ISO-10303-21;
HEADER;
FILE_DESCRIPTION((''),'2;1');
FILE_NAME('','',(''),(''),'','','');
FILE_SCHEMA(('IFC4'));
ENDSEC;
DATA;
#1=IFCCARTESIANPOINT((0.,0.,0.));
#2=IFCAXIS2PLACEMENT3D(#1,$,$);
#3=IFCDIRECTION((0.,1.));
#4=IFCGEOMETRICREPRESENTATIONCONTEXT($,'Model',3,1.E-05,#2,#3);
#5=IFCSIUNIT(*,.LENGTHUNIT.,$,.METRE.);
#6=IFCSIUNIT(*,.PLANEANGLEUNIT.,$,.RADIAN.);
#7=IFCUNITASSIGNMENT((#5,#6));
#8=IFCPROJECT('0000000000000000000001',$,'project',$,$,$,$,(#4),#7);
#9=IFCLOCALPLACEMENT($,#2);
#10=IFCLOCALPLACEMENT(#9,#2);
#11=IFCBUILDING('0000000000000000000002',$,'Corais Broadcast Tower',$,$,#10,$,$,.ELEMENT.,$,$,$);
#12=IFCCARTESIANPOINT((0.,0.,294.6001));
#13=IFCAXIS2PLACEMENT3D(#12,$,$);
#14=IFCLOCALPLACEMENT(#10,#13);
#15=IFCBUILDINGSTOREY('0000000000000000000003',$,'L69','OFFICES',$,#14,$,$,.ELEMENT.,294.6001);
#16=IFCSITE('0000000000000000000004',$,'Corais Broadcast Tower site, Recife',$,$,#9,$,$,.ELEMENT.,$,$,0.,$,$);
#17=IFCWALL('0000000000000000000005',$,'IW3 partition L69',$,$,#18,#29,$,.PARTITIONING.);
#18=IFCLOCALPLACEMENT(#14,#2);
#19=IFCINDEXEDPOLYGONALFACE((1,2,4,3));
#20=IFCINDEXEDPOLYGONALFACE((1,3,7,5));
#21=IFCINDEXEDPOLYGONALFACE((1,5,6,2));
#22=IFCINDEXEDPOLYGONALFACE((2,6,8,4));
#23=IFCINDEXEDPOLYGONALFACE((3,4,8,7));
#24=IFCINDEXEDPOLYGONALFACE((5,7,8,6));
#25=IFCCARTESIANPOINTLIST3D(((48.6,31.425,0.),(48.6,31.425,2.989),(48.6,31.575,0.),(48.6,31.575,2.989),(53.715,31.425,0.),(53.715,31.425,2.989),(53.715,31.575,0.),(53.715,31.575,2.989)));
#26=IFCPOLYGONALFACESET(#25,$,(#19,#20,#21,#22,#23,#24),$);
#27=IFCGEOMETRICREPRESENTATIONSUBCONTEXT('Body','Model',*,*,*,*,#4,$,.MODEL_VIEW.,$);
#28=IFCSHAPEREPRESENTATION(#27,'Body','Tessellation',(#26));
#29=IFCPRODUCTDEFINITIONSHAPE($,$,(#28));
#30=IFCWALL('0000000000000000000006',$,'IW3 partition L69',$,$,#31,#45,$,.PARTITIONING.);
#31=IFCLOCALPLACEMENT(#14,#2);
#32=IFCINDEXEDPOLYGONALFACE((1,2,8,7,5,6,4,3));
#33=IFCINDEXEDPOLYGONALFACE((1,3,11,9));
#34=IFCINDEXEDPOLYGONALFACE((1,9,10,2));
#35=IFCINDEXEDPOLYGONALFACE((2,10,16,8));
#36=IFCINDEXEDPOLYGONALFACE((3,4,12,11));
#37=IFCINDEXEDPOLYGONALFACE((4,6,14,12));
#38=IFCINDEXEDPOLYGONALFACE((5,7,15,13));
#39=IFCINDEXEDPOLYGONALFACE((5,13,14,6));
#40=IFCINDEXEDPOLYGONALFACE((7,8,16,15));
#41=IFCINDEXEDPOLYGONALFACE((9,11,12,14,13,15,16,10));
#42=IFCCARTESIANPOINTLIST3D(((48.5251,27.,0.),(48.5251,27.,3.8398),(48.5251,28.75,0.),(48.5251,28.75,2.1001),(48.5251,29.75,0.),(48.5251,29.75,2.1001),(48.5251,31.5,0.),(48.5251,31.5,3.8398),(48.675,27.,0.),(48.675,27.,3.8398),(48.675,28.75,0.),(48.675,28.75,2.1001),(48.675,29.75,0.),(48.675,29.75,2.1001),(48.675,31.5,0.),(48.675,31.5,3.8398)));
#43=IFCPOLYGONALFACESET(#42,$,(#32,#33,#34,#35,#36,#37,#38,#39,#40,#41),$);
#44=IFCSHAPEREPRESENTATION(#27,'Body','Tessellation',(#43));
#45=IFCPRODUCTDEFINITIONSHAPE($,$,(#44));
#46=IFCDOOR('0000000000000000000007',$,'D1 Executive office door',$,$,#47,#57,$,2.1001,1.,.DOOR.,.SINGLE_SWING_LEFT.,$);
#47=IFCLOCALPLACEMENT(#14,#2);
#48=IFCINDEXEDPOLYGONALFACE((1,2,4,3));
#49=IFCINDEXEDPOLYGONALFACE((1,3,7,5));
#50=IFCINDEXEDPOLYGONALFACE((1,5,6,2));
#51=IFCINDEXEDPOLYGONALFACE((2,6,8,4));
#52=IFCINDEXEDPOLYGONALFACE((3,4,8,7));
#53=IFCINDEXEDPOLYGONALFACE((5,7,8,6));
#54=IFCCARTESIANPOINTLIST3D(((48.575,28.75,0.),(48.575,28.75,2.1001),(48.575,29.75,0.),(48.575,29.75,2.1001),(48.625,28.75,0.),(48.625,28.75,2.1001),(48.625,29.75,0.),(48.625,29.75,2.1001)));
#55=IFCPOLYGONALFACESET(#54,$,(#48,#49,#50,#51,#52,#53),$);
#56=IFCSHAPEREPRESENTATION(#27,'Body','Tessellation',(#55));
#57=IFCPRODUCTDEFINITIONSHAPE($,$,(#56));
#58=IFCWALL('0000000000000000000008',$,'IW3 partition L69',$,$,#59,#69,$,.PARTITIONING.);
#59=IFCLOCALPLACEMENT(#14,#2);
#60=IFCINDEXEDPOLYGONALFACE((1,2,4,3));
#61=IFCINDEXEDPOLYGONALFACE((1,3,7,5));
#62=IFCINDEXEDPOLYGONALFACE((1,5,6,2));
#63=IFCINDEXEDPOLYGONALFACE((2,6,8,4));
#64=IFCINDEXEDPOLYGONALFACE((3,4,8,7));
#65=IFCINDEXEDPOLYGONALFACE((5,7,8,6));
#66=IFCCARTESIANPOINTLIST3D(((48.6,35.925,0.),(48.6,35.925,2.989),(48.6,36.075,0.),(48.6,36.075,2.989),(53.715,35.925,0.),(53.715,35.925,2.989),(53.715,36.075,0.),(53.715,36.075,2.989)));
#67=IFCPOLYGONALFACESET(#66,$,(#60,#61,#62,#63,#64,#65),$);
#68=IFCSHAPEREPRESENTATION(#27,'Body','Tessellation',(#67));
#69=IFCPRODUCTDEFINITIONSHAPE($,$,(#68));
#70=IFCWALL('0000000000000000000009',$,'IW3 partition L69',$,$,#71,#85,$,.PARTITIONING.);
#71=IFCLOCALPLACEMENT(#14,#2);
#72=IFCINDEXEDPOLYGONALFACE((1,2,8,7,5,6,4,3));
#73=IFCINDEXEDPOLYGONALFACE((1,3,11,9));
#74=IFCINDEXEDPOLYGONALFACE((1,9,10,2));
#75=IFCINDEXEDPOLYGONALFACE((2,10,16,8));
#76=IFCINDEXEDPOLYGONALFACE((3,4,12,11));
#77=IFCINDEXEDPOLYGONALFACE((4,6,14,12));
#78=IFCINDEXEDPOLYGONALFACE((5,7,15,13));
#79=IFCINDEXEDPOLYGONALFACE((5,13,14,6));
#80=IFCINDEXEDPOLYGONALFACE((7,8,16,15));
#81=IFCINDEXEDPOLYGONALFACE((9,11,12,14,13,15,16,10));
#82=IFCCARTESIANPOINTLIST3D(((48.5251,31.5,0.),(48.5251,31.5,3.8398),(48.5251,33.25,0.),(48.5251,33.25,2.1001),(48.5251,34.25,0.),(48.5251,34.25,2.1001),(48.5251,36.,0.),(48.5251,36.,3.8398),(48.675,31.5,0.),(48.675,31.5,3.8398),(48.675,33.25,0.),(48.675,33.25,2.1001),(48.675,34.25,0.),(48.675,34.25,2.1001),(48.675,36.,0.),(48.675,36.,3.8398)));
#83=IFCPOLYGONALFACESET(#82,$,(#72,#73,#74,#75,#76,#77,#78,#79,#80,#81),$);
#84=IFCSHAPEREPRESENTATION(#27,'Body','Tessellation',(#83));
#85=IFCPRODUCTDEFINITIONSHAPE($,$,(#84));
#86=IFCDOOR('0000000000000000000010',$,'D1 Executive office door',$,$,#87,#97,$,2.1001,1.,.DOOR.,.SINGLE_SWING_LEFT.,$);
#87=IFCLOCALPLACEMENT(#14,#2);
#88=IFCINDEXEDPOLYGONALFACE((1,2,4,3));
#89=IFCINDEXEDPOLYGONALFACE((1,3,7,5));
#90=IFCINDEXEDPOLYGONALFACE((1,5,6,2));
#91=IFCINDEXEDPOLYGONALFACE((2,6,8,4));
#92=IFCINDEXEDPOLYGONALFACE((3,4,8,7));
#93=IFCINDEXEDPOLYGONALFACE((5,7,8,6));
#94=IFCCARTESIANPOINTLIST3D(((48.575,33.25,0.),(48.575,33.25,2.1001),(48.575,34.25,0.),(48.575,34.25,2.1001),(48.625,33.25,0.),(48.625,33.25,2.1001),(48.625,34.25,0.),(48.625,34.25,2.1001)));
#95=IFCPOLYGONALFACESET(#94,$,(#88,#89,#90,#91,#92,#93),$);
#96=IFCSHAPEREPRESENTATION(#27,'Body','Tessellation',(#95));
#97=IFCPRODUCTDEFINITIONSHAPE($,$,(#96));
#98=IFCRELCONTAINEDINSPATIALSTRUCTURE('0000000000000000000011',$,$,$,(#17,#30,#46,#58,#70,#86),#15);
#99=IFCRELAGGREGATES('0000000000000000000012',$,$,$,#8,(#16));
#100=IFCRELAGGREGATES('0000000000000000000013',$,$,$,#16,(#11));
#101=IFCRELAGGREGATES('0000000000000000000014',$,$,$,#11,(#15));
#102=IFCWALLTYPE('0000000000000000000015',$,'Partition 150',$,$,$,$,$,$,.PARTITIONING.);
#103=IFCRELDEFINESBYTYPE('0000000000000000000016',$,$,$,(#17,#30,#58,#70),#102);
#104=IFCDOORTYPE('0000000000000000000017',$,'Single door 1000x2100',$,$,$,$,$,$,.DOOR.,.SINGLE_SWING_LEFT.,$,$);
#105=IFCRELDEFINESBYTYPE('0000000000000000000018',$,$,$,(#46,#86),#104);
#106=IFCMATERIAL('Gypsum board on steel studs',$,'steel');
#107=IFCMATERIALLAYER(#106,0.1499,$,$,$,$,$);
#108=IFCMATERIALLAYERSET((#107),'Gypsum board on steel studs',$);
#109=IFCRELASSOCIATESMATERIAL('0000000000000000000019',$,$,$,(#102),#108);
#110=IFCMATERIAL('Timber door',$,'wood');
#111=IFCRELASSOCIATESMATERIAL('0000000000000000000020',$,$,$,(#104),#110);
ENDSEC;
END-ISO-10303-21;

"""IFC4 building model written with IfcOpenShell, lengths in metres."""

from ifc_helpers import new_model, si_unit, direction, frame, frame_2d, origin, place, context, subcontext, project, spatial, rectangle, extrude, material, layer, layer_set, type_object, element, fill, save


model = new_model("IFC4")

# Units and contexts
model_context = context("Model", 3, precision=1e-05, world=origin(), true_north=direction((0.0, 1.0)))
body_context = subcontext(model_context, "Body", "Model", "MODEL_VIEW")
ifc_project = project(units=[si_unit("LENGTHUNIT", "METRE"), si_unit("PLANEANGLEUNIT", "RADIAN")], contexts=[model_context])

# Site, building, storey
site_placement = place(None, origin())
site = spatial("IfcSite", under=ifc_project, at=site_placement, Name="Corais Broadcast Tower site, Recife", CompositionType="ELEMENT", RefElevation=0.0)
building_placement = place(site_placement, origin())
building = spatial("IfcBuilding", under=site, at=building_placement, Name="Corais Broadcast Tower", CompositionType="ELEMENT")
storey_placement = place(building_placement, frame((0.0, 0.0, 294.6001)))
storey = spatial("IfcBuildingStorey", under=building, at=storey_placement, Name="L69", Description="OFFICES", CompositionType="ELEMENT", Elevation=294.6001)

# Shared definitions
ifc_material_1 = material(Name="Gypsum board on steel studs", Category="steel")
ifc_layer_1 = layer(ifc_material_1, 0.1499)
ifc_layer_set_1 = layer_set([ifc_layer_1], Name="Gypsum board on steel studs")
wall_type = type_object("IfcWallType", Name="Partition 150", PredefinedType="PARTITIONING", material=ifc_layer_set_1)

# Shared definitions
ifc_material_2 = material(Name="Timber door", Category="wood")
door_type = type_object("IfcDoorType", Name="Single door 1000x2100", OperationType="SINGLE_SWING_LEFT", PredefinedType="DOOR", material=ifc_material_2)

# Wall
wall_1_placement = place(storey_placement, frame((53.7151, 31.5, 0.0), z_axis=(0.0, 0.0, 1.0), x_axis=(-1.0, 0.0, 0.0)))
element("IfcWall", 1, at=wall_1_placement, inside=storey, type_object=wall_type, Name="IW3 partition L69", PredefinedType="PARTITIONING", context=body_context, shape_type="SweptSolid", body=[
    extrude(rectangle(XDim=5.115, YDim=0.1499, at=frame_2d((2.5576, 0.0))), origin(), (0.0, 0.0, 1.0), 2.989),
])

# Wall, opening, door
wall_2_placement = place(storey_placement, frame((48.6001, 31.5, 0.0), z_axis=(0.0, 0.0, 1.0), x_axis=(0.0, -1.0, 0.0)))
wall_2 = element("IfcWall", 2, at=wall_2_placement, inside=storey, type_object=wall_type, Name="IW3 partition L69", PredefinedType="PARTITIONING", context=body_context, shape_type="SweptSolid", body=[
    extrude(rectangle(XDim=4.5, YDim=0.1499, at=frame_2d((2.25, 0.0))), origin(), (0.0, 0.0, 1.0), 3.8398),
])
opening_1_placement = place(wall_2_placement, frame((1.75, 0.0, 0.0)))
opening_1 = element("IfcOpeningElement", 3, at=opening_1_placement, cuts=wall_2, PredefinedType="OPENING", context=body_context, shape_type="SweptSolid", body=[
    extrude(rectangle(XDim=1.0, YDim=2.1001, at=frame_2d((0.5, 1.05))), frame((0.0, 0.085, 0.0), z_axis=(0.0, -1.0, 0.0), x_axis=(1.0, 0.0, 0.0)), (0.0, 0.0, 1.0), 0.1699),
])
door_1_placement = place(opening_1_placement, origin())
door_1 = element("IfcDoor", 4, at=door_1_placement, inside=storey, type_object=door_type, Name="D1 Executive office door", OperationType="SINGLE_SWING_LEFT", OverallHeight=2.1001, OverallWidth=1.0, PredefinedType="DOOR", context=body_context, shape_type="SweptSolid", body=[
    extrude(rectangle(XDim=1.0, YDim=2.1001, at=frame_2d((0.5, 1.05))), frame((0.0, 0.0249, 0.0), z_axis=(0.0, -1.0, 0.0), x_axis=(1.0, 0.0, 0.0)), (0.0, 0.0, 1.0), 0.05),
])
fill(opening_1, door_1)

# Wall
wall_3_placement = place(storey_placement, frame((53.7151, 36.0, 0.0), z_axis=(0.0, 0.0, 1.0), x_axis=(-1.0, 0.0, 0.0)))
element("IfcWall", 5, at=wall_3_placement, inside=storey, type_object=wall_type, Name="IW3 partition L69", PredefinedType="PARTITIONING", context=body_context, shape_type="SweptSolid", body=[
    extrude(rectangle(XDim=5.115, YDim=0.1499, at=frame_2d((2.5576, 0.0))), origin(), (0.0, 0.0, 1.0), 2.989),
])

# Wall, opening, door
wall_4_placement = place(storey_placement, frame((48.6001, 36.0, 0.0), z_axis=(0.0, 0.0, 1.0), x_axis=(0.0, -1.0, 0.0)))
wall_4 = element("IfcWall", 6, at=wall_4_placement, inside=storey, type_object=wall_type, Name="IW3 partition L69", PredefinedType="PARTITIONING", context=body_context, shape_type="SweptSolid", body=[
    extrude(rectangle(XDim=4.5, YDim=0.1499, at=frame_2d((2.25, 0.0))), origin(), (0.0, 0.0, 1.0), 3.8398),
])
opening_2_placement = place(wall_4_placement, frame((1.75, 0.0, 0.0)))
opening_2 = element("IfcOpeningElement", 7, at=opening_2_placement, cuts=wall_4, PredefinedType="OPENING", context=body_context, shape_type="SweptSolid", body=[
    extrude(rectangle(XDim=1.0, YDim=2.1001, at=frame_2d((0.5, 1.05))), frame((0.0, 0.085, 0.0), z_axis=(0.0, -1.0, 0.0), x_axis=(1.0, 0.0, 0.0)), (0.0, 0.0, 1.0), 0.1699),
])
door_2_placement = place(opening_2_placement, origin())
door_2 = element("IfcDoor", 8, at=door_2_placement, inside=storey, type_object=door_type, Name="D1 Executive office door", OperationType="SINGLE_SWING_LEFT", OverallHeight=2.1001, OverallWidth=1.0, PredefinedType="DOOR", context=body_context, shape_type="SweptSolid", body=[
    extrude(rectangle(XDim=1.0, YDim=2.1001, at=frame_2d((0.5, 1.05))), frame((0.0, 0.0249, 0.0), z_axis=(0.0, -1.0, 0.0), x_axis=(1.0, 0.0, 0.0)), (0.0, 0.0, 1.0), 0.05),
])
fill(opening_2, door_2)

save(model, "model.ifc")
